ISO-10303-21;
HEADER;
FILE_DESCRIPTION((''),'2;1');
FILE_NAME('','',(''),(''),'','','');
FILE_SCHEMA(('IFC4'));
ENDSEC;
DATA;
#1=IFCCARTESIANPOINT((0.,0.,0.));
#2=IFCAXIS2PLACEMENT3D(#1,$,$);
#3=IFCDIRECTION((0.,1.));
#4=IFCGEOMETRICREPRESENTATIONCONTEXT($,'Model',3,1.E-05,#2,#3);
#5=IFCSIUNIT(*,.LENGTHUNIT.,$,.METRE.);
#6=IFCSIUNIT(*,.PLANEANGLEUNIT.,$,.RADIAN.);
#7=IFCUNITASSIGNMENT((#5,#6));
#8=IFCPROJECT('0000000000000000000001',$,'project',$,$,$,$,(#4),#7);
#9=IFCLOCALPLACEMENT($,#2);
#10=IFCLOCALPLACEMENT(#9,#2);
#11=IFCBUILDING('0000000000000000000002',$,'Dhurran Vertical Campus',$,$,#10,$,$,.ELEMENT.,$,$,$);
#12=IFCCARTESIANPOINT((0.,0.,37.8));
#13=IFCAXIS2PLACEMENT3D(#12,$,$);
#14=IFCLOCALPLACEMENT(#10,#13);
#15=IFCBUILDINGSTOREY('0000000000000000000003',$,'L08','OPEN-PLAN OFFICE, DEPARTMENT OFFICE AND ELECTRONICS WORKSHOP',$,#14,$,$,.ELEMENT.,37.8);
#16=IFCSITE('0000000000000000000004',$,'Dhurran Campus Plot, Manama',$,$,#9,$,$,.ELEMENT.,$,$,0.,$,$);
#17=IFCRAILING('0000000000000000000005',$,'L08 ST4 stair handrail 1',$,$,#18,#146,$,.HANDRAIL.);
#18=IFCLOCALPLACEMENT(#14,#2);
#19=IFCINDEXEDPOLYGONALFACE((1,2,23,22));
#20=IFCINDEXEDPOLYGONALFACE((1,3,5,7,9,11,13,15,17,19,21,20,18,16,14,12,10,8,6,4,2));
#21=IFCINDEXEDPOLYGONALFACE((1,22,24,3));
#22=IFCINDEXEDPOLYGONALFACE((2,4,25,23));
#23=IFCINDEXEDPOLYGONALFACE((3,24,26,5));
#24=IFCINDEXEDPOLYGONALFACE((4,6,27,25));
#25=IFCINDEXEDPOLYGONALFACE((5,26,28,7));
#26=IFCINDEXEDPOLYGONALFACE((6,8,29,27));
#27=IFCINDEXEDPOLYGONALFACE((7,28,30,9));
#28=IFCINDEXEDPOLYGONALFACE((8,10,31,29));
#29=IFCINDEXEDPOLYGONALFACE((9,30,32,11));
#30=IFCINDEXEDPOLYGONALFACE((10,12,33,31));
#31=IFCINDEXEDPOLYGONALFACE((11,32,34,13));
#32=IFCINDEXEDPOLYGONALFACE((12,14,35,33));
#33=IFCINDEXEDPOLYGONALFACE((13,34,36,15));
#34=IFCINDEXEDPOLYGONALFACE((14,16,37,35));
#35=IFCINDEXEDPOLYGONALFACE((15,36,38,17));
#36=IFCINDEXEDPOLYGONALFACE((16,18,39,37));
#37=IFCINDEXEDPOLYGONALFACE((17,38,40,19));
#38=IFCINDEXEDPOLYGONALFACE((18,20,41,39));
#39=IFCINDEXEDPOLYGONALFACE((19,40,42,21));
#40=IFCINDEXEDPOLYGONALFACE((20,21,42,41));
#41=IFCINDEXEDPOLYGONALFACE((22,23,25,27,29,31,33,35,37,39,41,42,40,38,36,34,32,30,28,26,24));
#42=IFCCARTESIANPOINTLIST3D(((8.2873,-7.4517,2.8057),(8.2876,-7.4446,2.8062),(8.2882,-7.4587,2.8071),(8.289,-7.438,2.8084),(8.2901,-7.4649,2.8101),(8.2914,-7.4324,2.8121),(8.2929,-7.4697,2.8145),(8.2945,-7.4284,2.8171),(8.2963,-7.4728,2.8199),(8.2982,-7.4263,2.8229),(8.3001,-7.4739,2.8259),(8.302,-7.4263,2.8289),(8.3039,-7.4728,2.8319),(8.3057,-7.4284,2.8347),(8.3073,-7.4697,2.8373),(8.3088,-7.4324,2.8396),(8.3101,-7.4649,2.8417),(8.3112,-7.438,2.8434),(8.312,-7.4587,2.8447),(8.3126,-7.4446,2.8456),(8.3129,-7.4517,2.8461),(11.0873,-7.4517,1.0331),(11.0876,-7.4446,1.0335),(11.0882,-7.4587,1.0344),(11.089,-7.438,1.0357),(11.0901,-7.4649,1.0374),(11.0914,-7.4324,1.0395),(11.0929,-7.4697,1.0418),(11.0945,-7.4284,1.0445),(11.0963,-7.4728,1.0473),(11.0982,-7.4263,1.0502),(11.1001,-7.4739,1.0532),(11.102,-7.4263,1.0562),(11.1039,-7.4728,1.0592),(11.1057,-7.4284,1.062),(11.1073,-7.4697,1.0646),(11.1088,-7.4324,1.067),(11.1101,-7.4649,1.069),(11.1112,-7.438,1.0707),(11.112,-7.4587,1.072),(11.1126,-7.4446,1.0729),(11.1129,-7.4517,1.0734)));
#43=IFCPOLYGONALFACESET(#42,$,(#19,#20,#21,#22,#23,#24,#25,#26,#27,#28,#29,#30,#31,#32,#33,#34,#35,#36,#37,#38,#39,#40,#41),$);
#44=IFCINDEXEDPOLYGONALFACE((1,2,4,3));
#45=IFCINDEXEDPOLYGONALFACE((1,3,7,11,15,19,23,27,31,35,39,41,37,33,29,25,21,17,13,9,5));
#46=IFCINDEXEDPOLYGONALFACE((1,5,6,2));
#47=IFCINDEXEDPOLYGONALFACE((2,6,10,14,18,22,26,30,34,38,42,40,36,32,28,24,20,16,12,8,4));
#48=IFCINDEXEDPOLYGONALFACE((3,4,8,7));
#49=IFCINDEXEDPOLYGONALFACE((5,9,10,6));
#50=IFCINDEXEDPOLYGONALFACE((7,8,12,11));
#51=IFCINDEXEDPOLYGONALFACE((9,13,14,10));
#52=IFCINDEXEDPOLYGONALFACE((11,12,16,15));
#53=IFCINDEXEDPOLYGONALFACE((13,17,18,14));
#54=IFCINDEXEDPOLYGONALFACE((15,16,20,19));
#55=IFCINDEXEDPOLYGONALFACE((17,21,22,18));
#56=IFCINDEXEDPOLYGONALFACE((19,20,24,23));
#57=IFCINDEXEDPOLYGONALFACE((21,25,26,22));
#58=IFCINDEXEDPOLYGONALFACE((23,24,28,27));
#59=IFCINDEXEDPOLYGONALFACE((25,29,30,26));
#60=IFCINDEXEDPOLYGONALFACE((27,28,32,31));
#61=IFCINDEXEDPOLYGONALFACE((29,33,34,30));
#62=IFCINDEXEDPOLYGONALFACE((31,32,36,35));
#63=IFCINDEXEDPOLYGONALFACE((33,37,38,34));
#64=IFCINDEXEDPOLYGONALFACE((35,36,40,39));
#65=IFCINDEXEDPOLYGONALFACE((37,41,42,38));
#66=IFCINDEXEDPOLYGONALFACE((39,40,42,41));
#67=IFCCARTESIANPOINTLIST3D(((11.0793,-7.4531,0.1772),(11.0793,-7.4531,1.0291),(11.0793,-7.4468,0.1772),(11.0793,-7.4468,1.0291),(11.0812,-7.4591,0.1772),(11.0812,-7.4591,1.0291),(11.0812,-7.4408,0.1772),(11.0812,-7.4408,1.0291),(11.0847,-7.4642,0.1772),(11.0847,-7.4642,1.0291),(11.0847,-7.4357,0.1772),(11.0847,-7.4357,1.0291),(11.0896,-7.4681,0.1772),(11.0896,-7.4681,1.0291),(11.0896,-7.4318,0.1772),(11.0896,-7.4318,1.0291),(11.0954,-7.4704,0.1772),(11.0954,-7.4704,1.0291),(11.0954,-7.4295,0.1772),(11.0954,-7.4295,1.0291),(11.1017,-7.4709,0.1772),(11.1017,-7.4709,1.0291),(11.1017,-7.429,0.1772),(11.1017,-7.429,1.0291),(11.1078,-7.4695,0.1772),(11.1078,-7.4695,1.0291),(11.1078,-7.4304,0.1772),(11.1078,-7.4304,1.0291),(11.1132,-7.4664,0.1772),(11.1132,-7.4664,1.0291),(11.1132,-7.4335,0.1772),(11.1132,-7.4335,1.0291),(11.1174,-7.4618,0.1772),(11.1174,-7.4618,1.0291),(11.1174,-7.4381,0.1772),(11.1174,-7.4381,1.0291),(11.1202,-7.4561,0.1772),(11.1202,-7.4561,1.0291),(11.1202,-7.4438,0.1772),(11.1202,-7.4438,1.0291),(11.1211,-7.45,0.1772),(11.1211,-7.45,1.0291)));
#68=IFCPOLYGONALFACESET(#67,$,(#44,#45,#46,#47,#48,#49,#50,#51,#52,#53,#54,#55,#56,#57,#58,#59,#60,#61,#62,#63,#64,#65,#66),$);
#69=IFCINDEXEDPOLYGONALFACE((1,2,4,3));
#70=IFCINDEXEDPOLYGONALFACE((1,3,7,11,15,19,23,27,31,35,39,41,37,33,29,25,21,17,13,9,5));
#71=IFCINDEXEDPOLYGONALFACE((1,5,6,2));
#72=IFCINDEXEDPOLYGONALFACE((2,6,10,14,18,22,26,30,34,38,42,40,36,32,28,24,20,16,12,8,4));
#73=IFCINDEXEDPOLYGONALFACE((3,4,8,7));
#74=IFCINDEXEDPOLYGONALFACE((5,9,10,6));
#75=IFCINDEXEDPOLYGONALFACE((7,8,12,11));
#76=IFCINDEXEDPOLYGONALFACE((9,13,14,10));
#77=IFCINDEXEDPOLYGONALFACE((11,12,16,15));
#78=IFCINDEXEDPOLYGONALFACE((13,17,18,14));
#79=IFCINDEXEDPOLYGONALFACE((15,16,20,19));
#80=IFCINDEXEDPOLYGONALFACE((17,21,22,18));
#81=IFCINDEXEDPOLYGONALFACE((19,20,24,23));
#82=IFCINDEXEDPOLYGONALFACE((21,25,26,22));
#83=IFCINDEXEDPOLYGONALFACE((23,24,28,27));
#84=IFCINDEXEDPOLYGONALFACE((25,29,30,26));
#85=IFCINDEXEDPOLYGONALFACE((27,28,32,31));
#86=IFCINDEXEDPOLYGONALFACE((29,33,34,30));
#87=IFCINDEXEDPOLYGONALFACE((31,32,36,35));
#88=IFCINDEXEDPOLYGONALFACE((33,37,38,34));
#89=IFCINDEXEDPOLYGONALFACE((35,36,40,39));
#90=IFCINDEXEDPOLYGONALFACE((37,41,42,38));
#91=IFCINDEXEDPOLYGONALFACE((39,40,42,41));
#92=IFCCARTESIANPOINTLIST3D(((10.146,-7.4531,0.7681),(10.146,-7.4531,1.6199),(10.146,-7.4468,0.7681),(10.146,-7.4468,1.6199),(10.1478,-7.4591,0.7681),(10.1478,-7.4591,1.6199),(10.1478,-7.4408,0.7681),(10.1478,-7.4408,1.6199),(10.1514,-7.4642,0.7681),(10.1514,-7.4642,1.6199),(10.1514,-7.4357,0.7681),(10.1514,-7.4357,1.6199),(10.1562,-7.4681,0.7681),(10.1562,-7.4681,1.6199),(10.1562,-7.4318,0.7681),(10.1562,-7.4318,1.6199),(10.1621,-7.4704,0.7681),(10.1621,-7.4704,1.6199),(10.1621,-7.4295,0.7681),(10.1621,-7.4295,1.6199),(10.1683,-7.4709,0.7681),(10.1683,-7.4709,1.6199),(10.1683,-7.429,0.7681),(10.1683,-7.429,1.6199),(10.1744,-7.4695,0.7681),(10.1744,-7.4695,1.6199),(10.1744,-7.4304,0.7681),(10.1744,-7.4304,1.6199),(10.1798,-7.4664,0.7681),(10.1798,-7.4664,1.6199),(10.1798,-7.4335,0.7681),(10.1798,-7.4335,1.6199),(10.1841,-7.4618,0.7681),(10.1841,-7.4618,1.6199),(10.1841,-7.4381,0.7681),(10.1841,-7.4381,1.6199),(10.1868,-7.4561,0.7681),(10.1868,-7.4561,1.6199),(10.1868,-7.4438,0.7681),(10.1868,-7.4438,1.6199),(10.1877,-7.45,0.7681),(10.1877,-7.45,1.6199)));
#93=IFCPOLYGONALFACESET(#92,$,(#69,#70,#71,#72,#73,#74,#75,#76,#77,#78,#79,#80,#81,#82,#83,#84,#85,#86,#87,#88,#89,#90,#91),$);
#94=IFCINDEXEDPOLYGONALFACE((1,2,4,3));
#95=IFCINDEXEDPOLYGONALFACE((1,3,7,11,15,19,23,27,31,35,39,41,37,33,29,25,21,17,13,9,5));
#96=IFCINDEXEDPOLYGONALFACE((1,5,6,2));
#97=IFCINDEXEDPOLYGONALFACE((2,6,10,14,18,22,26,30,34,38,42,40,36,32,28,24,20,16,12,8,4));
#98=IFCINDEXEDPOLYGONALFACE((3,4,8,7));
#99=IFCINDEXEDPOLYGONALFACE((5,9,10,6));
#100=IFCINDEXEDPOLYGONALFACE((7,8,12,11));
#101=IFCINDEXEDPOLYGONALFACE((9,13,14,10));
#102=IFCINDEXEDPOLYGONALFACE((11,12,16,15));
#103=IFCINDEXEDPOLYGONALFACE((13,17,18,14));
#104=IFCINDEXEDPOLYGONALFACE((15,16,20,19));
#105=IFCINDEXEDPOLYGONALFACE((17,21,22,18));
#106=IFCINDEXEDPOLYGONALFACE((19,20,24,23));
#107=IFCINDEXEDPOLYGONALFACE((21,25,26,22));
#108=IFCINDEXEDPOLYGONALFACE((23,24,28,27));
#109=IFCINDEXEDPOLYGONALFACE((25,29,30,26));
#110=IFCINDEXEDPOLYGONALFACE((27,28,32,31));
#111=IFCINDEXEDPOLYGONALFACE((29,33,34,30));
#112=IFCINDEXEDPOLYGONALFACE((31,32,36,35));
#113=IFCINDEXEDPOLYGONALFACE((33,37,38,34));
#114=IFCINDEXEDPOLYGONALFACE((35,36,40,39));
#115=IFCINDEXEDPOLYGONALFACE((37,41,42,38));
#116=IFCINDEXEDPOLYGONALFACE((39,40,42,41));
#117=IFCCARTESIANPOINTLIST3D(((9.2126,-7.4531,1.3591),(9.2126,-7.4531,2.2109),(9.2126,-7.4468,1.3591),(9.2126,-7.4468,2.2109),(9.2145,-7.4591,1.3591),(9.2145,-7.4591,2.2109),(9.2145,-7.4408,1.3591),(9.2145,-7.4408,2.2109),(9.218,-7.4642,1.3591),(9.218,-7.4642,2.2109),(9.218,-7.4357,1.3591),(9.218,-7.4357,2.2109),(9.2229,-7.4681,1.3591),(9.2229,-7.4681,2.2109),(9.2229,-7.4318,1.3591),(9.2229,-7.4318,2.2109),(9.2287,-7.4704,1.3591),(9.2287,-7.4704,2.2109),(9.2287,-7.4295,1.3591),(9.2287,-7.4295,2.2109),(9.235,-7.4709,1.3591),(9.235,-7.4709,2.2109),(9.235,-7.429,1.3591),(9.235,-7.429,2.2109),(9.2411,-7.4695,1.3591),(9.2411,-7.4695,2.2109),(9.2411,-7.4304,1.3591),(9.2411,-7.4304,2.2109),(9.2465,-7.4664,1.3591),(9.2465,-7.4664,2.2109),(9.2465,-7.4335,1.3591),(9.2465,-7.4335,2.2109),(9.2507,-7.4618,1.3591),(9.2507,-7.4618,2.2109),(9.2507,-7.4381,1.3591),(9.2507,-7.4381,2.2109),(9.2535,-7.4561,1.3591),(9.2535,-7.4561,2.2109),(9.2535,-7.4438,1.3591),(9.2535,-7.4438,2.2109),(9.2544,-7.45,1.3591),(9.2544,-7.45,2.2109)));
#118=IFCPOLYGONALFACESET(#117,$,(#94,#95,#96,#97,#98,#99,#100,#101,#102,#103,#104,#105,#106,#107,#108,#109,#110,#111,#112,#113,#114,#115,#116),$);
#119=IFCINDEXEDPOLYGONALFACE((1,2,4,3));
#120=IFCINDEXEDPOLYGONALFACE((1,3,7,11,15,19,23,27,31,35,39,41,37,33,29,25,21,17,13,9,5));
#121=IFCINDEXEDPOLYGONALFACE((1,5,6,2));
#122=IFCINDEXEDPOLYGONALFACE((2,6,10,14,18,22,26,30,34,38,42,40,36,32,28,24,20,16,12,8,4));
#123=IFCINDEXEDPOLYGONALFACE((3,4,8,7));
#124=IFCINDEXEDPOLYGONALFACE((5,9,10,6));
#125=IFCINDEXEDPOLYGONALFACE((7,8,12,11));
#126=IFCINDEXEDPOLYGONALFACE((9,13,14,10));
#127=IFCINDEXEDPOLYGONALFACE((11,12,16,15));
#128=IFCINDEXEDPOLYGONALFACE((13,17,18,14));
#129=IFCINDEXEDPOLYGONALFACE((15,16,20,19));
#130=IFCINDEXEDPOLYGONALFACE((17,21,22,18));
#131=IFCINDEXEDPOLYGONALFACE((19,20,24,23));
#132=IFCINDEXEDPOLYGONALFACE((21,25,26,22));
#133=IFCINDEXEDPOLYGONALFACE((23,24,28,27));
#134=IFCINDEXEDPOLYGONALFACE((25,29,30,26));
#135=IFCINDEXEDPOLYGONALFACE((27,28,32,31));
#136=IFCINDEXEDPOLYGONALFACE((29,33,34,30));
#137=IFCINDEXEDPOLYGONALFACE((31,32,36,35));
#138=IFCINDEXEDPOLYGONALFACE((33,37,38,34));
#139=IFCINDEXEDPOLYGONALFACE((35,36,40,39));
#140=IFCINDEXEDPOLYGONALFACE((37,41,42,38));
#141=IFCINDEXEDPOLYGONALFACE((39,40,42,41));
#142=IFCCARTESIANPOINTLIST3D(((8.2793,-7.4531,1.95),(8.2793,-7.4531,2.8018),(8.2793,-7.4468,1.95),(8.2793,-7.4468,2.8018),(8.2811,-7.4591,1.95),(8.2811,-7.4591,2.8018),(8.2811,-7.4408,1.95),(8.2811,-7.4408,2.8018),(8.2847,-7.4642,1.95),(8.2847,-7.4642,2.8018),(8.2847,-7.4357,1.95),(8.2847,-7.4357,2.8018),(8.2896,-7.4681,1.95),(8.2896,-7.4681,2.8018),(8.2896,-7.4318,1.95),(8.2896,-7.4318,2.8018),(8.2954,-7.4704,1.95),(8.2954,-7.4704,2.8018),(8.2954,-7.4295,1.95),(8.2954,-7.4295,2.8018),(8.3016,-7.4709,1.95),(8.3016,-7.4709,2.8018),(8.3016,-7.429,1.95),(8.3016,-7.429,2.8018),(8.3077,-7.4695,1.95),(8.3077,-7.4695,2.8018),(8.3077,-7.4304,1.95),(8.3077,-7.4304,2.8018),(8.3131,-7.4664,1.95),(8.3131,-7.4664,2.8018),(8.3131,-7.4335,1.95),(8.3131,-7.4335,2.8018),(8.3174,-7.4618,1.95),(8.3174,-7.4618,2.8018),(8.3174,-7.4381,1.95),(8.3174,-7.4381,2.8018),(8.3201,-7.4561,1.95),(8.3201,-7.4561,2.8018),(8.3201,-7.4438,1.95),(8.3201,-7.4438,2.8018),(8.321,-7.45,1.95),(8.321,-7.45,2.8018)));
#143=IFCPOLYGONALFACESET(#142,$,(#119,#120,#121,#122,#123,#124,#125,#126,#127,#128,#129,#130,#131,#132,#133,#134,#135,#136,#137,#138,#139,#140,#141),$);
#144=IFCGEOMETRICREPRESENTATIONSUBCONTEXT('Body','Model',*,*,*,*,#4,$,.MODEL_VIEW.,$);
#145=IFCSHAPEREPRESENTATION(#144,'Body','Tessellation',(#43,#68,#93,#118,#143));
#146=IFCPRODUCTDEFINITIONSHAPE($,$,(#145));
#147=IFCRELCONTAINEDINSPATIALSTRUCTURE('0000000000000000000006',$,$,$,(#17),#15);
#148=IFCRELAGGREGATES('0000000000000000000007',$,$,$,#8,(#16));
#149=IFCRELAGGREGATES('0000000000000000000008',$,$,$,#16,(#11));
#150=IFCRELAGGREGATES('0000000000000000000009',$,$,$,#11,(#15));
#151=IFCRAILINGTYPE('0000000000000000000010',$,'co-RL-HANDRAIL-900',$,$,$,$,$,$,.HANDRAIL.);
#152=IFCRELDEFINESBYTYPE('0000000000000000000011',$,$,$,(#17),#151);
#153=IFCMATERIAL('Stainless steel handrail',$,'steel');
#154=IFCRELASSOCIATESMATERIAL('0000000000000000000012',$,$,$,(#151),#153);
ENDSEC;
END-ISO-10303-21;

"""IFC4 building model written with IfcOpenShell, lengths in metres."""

from ifc_helpers import new_model, si_unit, direction, frame, origin, origin_2d, place, context, subcontext, project, spatial, circle, extrude, material, type_object, element, save


model = new_model("IFC4")

# Units and contexts
model_context = context("Model", 3, precision=1e-05, world=origin(), true_north=direction((0.0, 1.0)))
body_context = subcontext(model_context, "Body", "Model", "MODEL_VIEW")
ifc_project = project(units=[si_unit("LENGTHUNIT", "METRE"), si_unit("PLANEANGLEUNIT", "RADIAN")], contexts=[model_context])

# Site, building, storey
site_placement = place(None, origin())
site = spatial("IfcSite", under=ifc_project, at=site_placement, Name="Dhurran Campus Plot, Manama", CompositionType="ELEMENT", RefElevation=0.0)
building_placement = place(site_placement, origin())
building = spatial("IfcBuilding", under=site, at=building_placement, Name="Dhurran Vertical Campus", CompositionType="ELEMENT")
storey_placement = place(building_placement, frame((0.0, 0.0, 37.8)))
storey = spatial("IfcBuildingStorey", under=building, at=storey_placement, Name="L08", Description="OPEN-PLAN OFFICE, DEPARTMENT OFFICE AND ELECTRONICS WORKSHOP", CompositionType="ELEMENT", Elevation=37.8)

# Railing
ifc_material_1 = material(Name="Stainless steel handrail", Category="steel")
railing_type_1 = type_object("IfcRailingType", Name="co-RL-HANDRAIL-900", PredefinedType="HANDRAIL", material=ifc_material_1)
railing_1_placement = place(storey_placement, frame((11.1001, -7.45, 0.1772)))
element("IfcRailing", 1, at=railing_1_placement, inside=storey, type_object=railing_type_1, Name="L08 ST4 stair handrail 1", PredefinedType="HANDRAIL", context=body_context, shape_type="SweptSolid", body=[
    extrude(circle(Radius=0.0239, at=origin_2d()), frame((0.0, 0.0, 0.876), z_axis=(-0.844909, 0.0, 0.53491), x_axis=(0.0, -1.0, 0.0)), (0.0, 0.0, 1.0), 3.314),
    extrude(circle(Radius=0.021, at=origin_2d()), origin(), (0.0, 0.0, 1.0), 0.8518),
    extrude(circle(Radius=0.021, at=origin_2d()), frame((-0.9333, 0.0, 0.5908)), (0.0, 0.0, 1.0), 0.8518),
    extrude(circle(Radius=0.021, at=origin_2d()), frame((-1.8667, 0.0, 1.1819)), (0.0, 0.0, 1.0), 0.8518),
    extrude(circle(Radius=0.021, at=origin_2d()), frame((-2.8, 0.0, 1.7727)), (0.0, 0.0, 1.0), 0.8518),
])

save(model, "model.ifc")
